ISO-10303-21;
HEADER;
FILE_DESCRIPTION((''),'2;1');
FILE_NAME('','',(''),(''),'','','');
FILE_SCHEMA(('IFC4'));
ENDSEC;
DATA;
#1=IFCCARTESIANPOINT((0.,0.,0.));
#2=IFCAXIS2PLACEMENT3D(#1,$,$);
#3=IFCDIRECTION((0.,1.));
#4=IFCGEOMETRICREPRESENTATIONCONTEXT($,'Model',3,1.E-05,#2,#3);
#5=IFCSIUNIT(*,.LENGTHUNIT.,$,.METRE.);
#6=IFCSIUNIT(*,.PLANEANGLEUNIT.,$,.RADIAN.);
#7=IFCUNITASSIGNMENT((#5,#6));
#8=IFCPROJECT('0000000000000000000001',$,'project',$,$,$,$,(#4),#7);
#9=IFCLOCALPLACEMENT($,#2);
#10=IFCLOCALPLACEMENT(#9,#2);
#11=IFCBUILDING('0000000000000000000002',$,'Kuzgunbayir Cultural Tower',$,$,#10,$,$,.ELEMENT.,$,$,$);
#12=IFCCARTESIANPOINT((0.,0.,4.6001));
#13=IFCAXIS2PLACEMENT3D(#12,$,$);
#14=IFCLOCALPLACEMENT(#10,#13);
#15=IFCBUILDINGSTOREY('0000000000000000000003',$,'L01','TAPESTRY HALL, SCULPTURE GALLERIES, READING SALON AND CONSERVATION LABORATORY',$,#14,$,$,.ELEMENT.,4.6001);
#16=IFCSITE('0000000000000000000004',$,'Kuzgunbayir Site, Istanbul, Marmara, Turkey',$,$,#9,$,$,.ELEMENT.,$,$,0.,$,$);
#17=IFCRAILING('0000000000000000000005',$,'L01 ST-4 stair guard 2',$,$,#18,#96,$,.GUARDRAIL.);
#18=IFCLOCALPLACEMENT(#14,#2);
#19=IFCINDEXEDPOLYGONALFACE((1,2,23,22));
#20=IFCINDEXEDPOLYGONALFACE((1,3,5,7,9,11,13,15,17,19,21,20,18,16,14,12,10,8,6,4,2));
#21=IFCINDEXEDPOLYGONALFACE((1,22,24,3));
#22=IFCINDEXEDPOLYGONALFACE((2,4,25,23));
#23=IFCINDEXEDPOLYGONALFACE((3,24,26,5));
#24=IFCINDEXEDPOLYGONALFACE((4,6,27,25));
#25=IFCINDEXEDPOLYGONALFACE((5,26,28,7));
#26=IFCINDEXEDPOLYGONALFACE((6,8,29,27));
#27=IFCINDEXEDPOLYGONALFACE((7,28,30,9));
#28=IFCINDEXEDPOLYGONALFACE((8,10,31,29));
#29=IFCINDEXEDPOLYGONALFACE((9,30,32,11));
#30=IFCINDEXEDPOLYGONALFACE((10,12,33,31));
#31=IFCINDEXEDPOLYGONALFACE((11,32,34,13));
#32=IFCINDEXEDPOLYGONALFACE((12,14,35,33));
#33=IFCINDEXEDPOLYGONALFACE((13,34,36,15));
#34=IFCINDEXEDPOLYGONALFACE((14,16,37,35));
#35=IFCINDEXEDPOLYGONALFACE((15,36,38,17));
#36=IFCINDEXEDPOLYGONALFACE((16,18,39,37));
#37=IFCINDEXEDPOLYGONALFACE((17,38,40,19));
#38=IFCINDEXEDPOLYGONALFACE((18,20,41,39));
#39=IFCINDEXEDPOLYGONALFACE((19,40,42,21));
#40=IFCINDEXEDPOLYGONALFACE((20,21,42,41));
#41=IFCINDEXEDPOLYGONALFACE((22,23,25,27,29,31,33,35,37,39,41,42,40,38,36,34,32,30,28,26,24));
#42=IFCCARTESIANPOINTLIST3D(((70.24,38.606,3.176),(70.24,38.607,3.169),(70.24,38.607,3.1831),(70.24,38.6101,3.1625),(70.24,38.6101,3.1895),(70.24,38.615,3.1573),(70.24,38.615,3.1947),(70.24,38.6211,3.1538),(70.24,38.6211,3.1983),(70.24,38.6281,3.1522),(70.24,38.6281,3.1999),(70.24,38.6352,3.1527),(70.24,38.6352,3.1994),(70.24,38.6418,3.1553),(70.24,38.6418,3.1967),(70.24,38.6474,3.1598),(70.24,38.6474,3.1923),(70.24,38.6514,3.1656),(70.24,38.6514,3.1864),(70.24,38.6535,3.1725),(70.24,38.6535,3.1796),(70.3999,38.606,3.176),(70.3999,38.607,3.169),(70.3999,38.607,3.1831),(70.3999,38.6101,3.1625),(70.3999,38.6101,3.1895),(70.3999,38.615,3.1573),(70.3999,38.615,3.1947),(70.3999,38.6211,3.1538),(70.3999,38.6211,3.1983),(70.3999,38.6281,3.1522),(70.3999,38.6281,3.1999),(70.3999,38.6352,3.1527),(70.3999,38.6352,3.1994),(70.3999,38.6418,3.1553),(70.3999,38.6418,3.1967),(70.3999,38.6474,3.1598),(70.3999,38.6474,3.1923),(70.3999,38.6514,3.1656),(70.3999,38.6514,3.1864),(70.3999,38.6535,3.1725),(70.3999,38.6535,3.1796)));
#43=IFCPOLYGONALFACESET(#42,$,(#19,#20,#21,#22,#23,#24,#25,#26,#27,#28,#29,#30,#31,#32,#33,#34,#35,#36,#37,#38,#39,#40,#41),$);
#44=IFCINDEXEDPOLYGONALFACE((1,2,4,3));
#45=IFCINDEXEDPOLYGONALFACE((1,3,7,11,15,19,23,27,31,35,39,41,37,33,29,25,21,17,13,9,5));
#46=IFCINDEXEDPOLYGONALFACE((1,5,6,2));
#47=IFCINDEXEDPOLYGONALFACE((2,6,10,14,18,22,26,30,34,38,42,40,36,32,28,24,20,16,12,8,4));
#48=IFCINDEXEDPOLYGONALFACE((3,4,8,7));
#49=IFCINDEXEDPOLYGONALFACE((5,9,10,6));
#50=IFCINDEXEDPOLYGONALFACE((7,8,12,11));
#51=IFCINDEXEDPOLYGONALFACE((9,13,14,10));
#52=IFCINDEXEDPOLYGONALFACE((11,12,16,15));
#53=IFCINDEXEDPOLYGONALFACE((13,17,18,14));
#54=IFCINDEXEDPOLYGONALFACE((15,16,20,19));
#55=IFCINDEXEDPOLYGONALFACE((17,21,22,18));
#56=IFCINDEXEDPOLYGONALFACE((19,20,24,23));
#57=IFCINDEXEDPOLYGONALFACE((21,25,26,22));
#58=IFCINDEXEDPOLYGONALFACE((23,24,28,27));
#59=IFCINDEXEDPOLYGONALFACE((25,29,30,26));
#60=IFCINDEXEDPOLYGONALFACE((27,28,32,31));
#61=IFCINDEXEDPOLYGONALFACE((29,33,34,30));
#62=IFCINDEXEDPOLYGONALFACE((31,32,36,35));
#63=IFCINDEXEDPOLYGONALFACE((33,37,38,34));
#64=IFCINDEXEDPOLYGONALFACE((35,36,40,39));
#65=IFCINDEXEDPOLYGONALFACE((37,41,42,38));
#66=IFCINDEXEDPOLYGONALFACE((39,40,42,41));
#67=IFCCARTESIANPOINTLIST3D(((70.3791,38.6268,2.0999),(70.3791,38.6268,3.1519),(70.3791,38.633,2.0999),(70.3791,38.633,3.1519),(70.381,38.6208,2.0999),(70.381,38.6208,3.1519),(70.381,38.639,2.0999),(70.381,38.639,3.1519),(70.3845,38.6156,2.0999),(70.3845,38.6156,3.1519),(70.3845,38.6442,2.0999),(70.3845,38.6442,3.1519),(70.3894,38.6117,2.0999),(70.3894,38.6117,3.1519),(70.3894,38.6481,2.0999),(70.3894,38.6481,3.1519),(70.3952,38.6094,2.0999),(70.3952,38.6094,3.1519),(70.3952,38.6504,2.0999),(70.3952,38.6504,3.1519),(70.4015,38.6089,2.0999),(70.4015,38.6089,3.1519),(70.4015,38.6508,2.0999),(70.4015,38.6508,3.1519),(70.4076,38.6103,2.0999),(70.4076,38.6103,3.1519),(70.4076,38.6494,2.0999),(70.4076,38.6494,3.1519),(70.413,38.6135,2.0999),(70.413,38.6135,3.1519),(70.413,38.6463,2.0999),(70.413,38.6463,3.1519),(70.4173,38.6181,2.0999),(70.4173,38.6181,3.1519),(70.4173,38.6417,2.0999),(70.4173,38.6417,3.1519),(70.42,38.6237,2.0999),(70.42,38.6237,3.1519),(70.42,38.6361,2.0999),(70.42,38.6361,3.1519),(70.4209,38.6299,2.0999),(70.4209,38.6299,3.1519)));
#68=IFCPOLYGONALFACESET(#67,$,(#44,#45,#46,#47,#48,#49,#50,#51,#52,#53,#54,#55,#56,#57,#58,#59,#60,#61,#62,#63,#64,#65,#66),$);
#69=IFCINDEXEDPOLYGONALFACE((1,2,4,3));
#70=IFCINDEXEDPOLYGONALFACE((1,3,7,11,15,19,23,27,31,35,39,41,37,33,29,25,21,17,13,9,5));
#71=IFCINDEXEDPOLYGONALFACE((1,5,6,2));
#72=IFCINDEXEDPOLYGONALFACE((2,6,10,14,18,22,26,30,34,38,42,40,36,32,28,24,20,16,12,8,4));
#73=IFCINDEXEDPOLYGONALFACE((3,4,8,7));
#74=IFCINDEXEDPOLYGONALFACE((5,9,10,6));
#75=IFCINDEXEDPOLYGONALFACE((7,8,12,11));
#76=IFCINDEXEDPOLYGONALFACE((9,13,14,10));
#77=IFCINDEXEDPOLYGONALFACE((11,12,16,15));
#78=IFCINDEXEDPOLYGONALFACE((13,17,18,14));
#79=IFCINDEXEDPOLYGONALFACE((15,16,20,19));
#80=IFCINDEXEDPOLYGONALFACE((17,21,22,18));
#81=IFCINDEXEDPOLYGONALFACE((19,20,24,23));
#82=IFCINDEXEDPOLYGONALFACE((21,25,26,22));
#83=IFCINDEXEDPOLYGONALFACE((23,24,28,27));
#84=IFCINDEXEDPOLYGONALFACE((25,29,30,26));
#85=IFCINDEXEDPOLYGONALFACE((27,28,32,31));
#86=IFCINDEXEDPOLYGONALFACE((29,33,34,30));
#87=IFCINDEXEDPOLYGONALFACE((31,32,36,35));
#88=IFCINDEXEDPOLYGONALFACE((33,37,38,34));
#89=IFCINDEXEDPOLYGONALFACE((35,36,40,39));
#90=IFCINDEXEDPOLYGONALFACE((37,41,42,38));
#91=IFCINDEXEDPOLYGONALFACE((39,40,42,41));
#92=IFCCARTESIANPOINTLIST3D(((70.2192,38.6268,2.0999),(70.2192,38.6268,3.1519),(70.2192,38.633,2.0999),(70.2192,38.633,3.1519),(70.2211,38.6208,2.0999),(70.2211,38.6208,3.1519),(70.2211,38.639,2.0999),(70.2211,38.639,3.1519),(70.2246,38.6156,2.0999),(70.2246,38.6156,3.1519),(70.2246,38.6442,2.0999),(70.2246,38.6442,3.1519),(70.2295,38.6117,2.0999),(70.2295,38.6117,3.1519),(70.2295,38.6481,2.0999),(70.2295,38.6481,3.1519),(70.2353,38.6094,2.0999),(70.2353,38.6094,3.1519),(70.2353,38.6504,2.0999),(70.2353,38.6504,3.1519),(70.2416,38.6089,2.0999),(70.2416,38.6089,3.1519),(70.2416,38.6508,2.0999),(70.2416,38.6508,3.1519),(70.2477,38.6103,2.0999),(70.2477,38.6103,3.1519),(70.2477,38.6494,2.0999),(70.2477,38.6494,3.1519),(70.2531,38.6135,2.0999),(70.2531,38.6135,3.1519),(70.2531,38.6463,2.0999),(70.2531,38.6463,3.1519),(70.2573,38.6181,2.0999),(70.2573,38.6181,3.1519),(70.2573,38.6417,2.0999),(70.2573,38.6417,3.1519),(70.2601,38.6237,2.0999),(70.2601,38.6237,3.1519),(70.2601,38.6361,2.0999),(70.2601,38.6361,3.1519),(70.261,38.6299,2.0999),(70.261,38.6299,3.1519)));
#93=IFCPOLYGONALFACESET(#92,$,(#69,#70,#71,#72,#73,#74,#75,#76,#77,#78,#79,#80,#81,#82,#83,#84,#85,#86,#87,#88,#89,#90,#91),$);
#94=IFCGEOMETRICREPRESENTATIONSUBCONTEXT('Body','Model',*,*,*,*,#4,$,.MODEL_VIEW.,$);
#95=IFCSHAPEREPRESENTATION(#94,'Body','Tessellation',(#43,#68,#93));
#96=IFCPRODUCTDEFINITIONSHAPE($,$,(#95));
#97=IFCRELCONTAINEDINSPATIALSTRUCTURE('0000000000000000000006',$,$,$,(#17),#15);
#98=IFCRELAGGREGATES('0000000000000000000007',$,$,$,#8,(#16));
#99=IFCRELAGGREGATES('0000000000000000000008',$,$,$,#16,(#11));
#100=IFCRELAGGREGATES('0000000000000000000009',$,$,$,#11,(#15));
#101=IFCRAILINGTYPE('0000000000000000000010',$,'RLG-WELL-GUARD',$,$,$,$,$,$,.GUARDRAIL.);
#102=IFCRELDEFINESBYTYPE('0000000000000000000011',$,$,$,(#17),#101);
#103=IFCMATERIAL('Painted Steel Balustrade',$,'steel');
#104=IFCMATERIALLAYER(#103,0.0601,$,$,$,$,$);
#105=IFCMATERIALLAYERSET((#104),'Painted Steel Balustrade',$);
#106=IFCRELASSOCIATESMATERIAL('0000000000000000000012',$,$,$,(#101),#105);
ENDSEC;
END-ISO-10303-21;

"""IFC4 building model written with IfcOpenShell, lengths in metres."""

from ifc_helpers import new_model, si_unit, direction, frame, origin, origin_2d, place, context, subcontext, project, spatial, circle, extrude, material, layer, layer_set, type_object, element, save


model = new_model("IFC4")

# Units and contexts
model_context = context("Model", 3, precision=1e-05, world=origin(), true_north=direction((0.0, 1.0)))
body_context = subcontext(model_context, "Body", "Model", "MODEL_VIEW")
ifc_project = project(units=[si_unit("LENGTHUNIT", "METRE"), si_unit("PLANEANGLEUNIT", "RADIAN")], contexts=[model_context])

# Site, building, storey
site_placement = place(None, origin())
site = spatial("IfcSite", under=ifc_project, at=site_placement, Name="Kuzgunbayir Site, Istanbul, Marmara, Turkey", CompositionType="ELEMENT", RefElevation=0.0)
building_placement = place(site_placement, origin())
building = spatial("IfcBuilding", under=site, at=building_placement, Name="Kuzgunbayir Cultural Tower", CompositionType="ELEMENT")
storey_placement = place(building_placement, frame((0.0, 0.0, 4.6001)))
storey = spatial("IfcBuildingStorey", under=building, at=storey_placement, Name="L01", Description="TAPESTRY HALL, SCULPTURE GALLERIES, READING SALON AND CONSERVATION LABORATORY", CompositionType="ELEMENT", Elevation=4.6001)

# Railing
ifc_material_1 = material(Name="Painted Steel Balustrade", Category="steel")
ifc_layer_1 = layer(ifc_material_1, 0.0601)
ifc_layer_set_1 = layer_set([ifc_layer_1], Name="Painted Steel Balustrade")
railing_type_1 = type_object("IfcRailingType", Name="RLG-WELL-GUARD", PredefinedType="GUARDRAIL", material=ifc_layer_set_1)
railing_1_placement = place(storey_placement, frame((70.3999, 38.6299, 2.0999)))
element("IfcRailing", 1, at=railing_1_placement, inside=storey, type_object=railing_type_1, Name="L01 ST-4 stair guard 2", PredefinedType="GUARDRAIL", context=body_context, shape_type="SweptSolid", body=[
    extrude(circle(Radius=0.0239, at=origin_2d()), frame((0.0, 0.0, 1.0762), z_axis=(-1.0, 0.0, 0.0), x_axis=(0.0, -1.0, 0.0)), (0.0, 0.0, 1.0), 0.1599),
    extrude(circle(Radius=0.021, at=origin_2d()), origin(), (0.0, 0.0, 1.0), 1.052),
    extrude(circle(Radius=0.021, at=origin_2d()), frame((-0.1599, 0.0, 0.0)), (0.0, 0.0, 1.0), 1.052),
])

save(model, "model.ifc")
